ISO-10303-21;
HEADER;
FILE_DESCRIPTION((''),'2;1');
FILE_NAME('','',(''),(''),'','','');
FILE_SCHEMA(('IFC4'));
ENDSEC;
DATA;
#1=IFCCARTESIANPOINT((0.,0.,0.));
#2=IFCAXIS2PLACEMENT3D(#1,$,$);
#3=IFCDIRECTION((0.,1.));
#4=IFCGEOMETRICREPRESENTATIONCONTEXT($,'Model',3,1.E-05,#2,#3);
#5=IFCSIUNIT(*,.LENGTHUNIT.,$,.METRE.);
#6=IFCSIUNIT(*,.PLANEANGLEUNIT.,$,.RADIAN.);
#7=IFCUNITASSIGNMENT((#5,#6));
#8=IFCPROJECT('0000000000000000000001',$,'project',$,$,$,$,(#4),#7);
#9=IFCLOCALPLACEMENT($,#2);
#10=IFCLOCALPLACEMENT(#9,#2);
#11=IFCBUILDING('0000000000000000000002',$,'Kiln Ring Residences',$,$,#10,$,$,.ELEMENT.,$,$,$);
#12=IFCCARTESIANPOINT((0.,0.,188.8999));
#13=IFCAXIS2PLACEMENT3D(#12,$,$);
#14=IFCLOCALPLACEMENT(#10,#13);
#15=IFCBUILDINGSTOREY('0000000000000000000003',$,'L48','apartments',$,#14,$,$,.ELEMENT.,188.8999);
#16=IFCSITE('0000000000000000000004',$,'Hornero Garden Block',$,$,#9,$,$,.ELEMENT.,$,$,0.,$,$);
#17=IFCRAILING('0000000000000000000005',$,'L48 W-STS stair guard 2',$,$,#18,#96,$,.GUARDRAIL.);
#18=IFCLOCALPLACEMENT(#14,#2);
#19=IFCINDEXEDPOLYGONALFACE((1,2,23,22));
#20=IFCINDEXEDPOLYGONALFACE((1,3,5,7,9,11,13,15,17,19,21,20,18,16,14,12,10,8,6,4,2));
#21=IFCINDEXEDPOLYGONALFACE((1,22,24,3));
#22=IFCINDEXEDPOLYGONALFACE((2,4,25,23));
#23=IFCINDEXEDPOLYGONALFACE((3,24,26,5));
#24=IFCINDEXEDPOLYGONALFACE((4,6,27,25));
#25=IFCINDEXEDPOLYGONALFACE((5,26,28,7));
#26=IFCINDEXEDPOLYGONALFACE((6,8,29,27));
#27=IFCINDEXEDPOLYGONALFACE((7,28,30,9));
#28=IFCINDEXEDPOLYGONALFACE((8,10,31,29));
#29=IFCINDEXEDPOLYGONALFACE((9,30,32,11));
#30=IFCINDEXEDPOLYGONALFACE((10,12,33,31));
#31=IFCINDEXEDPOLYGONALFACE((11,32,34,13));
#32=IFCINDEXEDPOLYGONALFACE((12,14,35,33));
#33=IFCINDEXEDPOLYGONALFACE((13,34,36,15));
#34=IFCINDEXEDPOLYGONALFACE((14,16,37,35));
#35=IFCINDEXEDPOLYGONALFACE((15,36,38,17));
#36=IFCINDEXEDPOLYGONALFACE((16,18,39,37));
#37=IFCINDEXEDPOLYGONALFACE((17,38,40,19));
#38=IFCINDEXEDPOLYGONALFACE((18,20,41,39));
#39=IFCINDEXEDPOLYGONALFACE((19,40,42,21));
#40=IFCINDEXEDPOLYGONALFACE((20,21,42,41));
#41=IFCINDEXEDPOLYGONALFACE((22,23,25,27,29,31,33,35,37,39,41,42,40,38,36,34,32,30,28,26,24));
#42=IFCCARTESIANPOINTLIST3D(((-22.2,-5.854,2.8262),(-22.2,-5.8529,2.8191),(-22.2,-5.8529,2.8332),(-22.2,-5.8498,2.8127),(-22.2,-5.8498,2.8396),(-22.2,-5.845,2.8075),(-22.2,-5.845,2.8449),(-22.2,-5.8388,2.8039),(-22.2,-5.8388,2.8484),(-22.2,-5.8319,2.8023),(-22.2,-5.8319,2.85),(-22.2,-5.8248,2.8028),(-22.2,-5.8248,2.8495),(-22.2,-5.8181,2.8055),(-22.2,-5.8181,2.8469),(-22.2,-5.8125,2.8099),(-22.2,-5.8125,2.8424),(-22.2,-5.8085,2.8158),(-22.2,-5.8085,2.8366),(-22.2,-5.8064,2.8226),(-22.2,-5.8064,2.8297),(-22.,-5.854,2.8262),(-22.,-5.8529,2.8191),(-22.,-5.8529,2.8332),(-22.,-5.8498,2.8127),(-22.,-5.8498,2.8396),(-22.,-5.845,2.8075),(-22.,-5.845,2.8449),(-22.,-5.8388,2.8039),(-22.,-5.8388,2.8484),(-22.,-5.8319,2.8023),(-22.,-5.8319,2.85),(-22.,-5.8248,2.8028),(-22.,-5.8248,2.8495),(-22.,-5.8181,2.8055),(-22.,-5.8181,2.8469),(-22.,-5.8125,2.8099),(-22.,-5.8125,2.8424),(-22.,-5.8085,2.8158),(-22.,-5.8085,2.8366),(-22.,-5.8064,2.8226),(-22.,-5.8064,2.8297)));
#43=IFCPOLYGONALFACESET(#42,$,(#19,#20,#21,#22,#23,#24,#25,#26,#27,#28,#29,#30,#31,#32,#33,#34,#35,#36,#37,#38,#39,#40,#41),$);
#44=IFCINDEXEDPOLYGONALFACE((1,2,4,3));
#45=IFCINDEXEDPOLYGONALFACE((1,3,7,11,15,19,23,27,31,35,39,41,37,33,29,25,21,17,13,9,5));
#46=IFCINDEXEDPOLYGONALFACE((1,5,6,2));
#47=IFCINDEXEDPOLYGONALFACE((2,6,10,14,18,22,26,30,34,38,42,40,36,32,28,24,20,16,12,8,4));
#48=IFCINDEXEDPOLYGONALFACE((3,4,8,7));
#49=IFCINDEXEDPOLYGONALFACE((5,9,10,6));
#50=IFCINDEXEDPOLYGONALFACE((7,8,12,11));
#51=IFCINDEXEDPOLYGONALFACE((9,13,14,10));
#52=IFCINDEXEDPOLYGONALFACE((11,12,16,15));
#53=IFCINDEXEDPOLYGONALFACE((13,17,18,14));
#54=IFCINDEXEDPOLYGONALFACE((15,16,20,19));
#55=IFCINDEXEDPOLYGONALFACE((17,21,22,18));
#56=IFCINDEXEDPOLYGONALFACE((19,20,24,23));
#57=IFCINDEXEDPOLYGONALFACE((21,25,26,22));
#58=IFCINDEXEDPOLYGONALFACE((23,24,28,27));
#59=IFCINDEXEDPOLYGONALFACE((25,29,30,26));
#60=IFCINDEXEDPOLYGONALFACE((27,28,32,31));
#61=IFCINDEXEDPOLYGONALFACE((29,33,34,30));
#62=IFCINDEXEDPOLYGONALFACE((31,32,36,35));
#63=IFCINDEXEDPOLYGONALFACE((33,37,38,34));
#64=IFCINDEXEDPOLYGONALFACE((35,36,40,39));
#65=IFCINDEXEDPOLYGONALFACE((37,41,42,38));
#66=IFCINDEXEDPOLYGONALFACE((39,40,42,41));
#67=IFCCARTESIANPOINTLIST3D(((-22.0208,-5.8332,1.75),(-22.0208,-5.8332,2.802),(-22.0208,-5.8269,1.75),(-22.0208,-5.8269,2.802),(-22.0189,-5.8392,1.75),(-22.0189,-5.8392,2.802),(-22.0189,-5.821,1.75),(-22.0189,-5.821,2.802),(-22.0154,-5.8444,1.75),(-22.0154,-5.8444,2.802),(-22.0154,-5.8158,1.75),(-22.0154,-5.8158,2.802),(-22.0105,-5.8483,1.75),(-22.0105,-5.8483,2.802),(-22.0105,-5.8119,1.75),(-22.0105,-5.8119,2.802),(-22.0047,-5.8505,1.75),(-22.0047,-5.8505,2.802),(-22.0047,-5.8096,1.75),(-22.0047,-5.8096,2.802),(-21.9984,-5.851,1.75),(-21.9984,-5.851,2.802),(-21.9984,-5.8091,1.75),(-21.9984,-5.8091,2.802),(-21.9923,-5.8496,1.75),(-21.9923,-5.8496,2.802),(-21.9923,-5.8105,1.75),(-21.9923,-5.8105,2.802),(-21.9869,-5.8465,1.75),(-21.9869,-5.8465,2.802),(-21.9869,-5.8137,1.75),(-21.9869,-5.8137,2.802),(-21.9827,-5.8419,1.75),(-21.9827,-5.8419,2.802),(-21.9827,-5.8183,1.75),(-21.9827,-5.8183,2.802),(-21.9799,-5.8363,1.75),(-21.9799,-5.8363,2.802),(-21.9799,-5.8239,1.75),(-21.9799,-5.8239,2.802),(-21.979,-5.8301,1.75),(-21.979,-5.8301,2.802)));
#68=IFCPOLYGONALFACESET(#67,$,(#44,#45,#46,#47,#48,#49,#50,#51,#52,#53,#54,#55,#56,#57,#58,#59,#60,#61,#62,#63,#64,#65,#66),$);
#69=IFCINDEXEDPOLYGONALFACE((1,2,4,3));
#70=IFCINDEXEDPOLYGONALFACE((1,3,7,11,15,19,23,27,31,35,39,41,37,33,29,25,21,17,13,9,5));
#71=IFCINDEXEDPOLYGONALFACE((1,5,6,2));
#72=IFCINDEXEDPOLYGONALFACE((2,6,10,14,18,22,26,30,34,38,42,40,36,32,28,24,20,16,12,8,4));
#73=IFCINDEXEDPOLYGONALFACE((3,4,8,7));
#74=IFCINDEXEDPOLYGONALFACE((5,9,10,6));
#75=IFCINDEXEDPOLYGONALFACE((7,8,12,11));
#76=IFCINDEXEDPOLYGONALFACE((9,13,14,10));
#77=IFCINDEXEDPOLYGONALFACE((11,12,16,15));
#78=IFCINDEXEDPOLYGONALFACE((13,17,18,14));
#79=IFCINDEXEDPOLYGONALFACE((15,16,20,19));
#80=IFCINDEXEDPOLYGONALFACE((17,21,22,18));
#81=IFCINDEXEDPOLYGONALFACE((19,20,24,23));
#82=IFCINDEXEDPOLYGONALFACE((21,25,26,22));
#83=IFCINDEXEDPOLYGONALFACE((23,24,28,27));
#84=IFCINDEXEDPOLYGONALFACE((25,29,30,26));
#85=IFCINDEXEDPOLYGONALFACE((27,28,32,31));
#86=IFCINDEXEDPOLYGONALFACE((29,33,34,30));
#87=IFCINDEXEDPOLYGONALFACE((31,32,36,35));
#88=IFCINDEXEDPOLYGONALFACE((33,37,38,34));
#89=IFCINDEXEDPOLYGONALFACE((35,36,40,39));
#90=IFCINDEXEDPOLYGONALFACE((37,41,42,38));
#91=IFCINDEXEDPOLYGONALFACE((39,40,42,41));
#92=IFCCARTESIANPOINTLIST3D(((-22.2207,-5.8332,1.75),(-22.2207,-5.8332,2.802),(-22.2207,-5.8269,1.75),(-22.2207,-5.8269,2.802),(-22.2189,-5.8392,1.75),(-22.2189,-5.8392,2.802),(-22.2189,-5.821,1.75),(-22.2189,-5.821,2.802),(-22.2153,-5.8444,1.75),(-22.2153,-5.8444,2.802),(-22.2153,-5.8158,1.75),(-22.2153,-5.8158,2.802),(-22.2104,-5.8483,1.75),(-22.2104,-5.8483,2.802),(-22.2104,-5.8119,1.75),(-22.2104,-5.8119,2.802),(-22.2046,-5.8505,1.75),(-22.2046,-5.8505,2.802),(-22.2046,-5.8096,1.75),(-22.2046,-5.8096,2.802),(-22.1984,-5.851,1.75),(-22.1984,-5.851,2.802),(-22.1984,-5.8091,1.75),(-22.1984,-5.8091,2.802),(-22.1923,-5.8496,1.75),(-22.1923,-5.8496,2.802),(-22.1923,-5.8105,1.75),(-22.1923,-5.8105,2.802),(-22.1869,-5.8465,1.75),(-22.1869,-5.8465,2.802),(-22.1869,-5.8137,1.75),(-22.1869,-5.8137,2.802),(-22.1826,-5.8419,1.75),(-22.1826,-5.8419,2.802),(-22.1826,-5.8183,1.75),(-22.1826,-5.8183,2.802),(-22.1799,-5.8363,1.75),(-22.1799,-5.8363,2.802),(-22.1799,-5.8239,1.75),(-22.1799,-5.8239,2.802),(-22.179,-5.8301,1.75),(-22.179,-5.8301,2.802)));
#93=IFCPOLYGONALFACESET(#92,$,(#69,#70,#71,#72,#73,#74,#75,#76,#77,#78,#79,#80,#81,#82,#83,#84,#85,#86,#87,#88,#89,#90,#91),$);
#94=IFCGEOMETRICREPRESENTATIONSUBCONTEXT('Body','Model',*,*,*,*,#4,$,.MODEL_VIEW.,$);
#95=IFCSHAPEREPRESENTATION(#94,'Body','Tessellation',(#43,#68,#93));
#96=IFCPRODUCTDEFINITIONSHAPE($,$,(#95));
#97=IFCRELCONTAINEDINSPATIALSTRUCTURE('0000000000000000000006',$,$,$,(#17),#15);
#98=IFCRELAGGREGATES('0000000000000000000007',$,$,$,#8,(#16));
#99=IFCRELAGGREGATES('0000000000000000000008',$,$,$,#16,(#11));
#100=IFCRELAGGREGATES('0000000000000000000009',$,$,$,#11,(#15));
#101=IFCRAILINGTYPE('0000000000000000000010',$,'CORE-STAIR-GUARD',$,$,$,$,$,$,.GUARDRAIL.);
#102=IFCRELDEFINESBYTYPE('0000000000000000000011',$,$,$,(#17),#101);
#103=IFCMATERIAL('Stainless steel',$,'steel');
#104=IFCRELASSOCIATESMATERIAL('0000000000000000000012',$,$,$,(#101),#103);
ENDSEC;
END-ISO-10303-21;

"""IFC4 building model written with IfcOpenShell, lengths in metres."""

from ifc_helpers import new_model, si_unit, direction, frame, origin, origin_2d, place, context, subcontext, project, spatial, circle, extrude, material, type_object, element, save


model = new_model("IFC4")

# Units and contexts
model_context = context("Model", 3, precision=1e-05, world=origin(), true_north=direction((0.0, 1.0)))
body_context = subcontext(model_context, "Body", "Model", "MODEL_VIEW")
ifc_project = project(units=[si_unit("LENGTHUNIT", "METRE"), si_unit("PLANEANGLEUNIT", "RADIAN")], contexts=[model_context])

# Site, building, storey
site_placement = place(None, origin())
site = spatial("IfcSite", under=ifc_project, at=site_placement, Name="Hornero Garden Block", CompositionType="ELEMENT", RefElevation=0.0)
building_placement = place(site_placement, origin())
building = spatial("IfcBuilding", under=site, at=building_placement, Name="Kiln Ring Residences", CompositionType="ELEMENT")
storey_placement = place(building_placement, frame((0.0, 0.0, 188.8999)))
storey = spatial("IfcBuildingStorey", under=building, at=storey_placement, Name="L48", Description="apartments", CompositionType="ELEMENT", Elevation=188.8999)

# Railing
ifc_material_1 = material(Name="Stainless steel", Category="steel")
railing_type_1 = type_object("IfcRailingType", Name="CORE-STAIR-GUARD", PredefinedType="GUARDRAIL", material=ifc_material_1)
railing_1_placement = place(storey_placement, frame((-22.0, -5.8301, 1.75)))
element("IfcRailing", 1, at=railing_1_placement, inside=storey, type_object=railing_type_1, Name="L48 W-STS stair guard 2", PredefinedType="GUARDRAIL", context=body_context, shape_type="SweptSolid", body=[
    extrude(circle(Radius=0.0239, at=origin_2d()), frame((0.0, 0.0, 1.0762), z_axis=(-1.0, 0.0, 0.0), x_axis=(0.0, -1.0, 0.0)), (0.0, 0.0, 1.0), 0.2),
    extrude(circle(Radius=0.021, at=origin_2d()), origin(), (0.0, 0.0, 1.0), 1.052),
    extrude(circle(Radius=0.021, at=origin_2d()), frame((-0.2, 0.0, 0.0)), (0.0, 0.0, 1.0), 1.052),
])

save(model, "model.ifc")
